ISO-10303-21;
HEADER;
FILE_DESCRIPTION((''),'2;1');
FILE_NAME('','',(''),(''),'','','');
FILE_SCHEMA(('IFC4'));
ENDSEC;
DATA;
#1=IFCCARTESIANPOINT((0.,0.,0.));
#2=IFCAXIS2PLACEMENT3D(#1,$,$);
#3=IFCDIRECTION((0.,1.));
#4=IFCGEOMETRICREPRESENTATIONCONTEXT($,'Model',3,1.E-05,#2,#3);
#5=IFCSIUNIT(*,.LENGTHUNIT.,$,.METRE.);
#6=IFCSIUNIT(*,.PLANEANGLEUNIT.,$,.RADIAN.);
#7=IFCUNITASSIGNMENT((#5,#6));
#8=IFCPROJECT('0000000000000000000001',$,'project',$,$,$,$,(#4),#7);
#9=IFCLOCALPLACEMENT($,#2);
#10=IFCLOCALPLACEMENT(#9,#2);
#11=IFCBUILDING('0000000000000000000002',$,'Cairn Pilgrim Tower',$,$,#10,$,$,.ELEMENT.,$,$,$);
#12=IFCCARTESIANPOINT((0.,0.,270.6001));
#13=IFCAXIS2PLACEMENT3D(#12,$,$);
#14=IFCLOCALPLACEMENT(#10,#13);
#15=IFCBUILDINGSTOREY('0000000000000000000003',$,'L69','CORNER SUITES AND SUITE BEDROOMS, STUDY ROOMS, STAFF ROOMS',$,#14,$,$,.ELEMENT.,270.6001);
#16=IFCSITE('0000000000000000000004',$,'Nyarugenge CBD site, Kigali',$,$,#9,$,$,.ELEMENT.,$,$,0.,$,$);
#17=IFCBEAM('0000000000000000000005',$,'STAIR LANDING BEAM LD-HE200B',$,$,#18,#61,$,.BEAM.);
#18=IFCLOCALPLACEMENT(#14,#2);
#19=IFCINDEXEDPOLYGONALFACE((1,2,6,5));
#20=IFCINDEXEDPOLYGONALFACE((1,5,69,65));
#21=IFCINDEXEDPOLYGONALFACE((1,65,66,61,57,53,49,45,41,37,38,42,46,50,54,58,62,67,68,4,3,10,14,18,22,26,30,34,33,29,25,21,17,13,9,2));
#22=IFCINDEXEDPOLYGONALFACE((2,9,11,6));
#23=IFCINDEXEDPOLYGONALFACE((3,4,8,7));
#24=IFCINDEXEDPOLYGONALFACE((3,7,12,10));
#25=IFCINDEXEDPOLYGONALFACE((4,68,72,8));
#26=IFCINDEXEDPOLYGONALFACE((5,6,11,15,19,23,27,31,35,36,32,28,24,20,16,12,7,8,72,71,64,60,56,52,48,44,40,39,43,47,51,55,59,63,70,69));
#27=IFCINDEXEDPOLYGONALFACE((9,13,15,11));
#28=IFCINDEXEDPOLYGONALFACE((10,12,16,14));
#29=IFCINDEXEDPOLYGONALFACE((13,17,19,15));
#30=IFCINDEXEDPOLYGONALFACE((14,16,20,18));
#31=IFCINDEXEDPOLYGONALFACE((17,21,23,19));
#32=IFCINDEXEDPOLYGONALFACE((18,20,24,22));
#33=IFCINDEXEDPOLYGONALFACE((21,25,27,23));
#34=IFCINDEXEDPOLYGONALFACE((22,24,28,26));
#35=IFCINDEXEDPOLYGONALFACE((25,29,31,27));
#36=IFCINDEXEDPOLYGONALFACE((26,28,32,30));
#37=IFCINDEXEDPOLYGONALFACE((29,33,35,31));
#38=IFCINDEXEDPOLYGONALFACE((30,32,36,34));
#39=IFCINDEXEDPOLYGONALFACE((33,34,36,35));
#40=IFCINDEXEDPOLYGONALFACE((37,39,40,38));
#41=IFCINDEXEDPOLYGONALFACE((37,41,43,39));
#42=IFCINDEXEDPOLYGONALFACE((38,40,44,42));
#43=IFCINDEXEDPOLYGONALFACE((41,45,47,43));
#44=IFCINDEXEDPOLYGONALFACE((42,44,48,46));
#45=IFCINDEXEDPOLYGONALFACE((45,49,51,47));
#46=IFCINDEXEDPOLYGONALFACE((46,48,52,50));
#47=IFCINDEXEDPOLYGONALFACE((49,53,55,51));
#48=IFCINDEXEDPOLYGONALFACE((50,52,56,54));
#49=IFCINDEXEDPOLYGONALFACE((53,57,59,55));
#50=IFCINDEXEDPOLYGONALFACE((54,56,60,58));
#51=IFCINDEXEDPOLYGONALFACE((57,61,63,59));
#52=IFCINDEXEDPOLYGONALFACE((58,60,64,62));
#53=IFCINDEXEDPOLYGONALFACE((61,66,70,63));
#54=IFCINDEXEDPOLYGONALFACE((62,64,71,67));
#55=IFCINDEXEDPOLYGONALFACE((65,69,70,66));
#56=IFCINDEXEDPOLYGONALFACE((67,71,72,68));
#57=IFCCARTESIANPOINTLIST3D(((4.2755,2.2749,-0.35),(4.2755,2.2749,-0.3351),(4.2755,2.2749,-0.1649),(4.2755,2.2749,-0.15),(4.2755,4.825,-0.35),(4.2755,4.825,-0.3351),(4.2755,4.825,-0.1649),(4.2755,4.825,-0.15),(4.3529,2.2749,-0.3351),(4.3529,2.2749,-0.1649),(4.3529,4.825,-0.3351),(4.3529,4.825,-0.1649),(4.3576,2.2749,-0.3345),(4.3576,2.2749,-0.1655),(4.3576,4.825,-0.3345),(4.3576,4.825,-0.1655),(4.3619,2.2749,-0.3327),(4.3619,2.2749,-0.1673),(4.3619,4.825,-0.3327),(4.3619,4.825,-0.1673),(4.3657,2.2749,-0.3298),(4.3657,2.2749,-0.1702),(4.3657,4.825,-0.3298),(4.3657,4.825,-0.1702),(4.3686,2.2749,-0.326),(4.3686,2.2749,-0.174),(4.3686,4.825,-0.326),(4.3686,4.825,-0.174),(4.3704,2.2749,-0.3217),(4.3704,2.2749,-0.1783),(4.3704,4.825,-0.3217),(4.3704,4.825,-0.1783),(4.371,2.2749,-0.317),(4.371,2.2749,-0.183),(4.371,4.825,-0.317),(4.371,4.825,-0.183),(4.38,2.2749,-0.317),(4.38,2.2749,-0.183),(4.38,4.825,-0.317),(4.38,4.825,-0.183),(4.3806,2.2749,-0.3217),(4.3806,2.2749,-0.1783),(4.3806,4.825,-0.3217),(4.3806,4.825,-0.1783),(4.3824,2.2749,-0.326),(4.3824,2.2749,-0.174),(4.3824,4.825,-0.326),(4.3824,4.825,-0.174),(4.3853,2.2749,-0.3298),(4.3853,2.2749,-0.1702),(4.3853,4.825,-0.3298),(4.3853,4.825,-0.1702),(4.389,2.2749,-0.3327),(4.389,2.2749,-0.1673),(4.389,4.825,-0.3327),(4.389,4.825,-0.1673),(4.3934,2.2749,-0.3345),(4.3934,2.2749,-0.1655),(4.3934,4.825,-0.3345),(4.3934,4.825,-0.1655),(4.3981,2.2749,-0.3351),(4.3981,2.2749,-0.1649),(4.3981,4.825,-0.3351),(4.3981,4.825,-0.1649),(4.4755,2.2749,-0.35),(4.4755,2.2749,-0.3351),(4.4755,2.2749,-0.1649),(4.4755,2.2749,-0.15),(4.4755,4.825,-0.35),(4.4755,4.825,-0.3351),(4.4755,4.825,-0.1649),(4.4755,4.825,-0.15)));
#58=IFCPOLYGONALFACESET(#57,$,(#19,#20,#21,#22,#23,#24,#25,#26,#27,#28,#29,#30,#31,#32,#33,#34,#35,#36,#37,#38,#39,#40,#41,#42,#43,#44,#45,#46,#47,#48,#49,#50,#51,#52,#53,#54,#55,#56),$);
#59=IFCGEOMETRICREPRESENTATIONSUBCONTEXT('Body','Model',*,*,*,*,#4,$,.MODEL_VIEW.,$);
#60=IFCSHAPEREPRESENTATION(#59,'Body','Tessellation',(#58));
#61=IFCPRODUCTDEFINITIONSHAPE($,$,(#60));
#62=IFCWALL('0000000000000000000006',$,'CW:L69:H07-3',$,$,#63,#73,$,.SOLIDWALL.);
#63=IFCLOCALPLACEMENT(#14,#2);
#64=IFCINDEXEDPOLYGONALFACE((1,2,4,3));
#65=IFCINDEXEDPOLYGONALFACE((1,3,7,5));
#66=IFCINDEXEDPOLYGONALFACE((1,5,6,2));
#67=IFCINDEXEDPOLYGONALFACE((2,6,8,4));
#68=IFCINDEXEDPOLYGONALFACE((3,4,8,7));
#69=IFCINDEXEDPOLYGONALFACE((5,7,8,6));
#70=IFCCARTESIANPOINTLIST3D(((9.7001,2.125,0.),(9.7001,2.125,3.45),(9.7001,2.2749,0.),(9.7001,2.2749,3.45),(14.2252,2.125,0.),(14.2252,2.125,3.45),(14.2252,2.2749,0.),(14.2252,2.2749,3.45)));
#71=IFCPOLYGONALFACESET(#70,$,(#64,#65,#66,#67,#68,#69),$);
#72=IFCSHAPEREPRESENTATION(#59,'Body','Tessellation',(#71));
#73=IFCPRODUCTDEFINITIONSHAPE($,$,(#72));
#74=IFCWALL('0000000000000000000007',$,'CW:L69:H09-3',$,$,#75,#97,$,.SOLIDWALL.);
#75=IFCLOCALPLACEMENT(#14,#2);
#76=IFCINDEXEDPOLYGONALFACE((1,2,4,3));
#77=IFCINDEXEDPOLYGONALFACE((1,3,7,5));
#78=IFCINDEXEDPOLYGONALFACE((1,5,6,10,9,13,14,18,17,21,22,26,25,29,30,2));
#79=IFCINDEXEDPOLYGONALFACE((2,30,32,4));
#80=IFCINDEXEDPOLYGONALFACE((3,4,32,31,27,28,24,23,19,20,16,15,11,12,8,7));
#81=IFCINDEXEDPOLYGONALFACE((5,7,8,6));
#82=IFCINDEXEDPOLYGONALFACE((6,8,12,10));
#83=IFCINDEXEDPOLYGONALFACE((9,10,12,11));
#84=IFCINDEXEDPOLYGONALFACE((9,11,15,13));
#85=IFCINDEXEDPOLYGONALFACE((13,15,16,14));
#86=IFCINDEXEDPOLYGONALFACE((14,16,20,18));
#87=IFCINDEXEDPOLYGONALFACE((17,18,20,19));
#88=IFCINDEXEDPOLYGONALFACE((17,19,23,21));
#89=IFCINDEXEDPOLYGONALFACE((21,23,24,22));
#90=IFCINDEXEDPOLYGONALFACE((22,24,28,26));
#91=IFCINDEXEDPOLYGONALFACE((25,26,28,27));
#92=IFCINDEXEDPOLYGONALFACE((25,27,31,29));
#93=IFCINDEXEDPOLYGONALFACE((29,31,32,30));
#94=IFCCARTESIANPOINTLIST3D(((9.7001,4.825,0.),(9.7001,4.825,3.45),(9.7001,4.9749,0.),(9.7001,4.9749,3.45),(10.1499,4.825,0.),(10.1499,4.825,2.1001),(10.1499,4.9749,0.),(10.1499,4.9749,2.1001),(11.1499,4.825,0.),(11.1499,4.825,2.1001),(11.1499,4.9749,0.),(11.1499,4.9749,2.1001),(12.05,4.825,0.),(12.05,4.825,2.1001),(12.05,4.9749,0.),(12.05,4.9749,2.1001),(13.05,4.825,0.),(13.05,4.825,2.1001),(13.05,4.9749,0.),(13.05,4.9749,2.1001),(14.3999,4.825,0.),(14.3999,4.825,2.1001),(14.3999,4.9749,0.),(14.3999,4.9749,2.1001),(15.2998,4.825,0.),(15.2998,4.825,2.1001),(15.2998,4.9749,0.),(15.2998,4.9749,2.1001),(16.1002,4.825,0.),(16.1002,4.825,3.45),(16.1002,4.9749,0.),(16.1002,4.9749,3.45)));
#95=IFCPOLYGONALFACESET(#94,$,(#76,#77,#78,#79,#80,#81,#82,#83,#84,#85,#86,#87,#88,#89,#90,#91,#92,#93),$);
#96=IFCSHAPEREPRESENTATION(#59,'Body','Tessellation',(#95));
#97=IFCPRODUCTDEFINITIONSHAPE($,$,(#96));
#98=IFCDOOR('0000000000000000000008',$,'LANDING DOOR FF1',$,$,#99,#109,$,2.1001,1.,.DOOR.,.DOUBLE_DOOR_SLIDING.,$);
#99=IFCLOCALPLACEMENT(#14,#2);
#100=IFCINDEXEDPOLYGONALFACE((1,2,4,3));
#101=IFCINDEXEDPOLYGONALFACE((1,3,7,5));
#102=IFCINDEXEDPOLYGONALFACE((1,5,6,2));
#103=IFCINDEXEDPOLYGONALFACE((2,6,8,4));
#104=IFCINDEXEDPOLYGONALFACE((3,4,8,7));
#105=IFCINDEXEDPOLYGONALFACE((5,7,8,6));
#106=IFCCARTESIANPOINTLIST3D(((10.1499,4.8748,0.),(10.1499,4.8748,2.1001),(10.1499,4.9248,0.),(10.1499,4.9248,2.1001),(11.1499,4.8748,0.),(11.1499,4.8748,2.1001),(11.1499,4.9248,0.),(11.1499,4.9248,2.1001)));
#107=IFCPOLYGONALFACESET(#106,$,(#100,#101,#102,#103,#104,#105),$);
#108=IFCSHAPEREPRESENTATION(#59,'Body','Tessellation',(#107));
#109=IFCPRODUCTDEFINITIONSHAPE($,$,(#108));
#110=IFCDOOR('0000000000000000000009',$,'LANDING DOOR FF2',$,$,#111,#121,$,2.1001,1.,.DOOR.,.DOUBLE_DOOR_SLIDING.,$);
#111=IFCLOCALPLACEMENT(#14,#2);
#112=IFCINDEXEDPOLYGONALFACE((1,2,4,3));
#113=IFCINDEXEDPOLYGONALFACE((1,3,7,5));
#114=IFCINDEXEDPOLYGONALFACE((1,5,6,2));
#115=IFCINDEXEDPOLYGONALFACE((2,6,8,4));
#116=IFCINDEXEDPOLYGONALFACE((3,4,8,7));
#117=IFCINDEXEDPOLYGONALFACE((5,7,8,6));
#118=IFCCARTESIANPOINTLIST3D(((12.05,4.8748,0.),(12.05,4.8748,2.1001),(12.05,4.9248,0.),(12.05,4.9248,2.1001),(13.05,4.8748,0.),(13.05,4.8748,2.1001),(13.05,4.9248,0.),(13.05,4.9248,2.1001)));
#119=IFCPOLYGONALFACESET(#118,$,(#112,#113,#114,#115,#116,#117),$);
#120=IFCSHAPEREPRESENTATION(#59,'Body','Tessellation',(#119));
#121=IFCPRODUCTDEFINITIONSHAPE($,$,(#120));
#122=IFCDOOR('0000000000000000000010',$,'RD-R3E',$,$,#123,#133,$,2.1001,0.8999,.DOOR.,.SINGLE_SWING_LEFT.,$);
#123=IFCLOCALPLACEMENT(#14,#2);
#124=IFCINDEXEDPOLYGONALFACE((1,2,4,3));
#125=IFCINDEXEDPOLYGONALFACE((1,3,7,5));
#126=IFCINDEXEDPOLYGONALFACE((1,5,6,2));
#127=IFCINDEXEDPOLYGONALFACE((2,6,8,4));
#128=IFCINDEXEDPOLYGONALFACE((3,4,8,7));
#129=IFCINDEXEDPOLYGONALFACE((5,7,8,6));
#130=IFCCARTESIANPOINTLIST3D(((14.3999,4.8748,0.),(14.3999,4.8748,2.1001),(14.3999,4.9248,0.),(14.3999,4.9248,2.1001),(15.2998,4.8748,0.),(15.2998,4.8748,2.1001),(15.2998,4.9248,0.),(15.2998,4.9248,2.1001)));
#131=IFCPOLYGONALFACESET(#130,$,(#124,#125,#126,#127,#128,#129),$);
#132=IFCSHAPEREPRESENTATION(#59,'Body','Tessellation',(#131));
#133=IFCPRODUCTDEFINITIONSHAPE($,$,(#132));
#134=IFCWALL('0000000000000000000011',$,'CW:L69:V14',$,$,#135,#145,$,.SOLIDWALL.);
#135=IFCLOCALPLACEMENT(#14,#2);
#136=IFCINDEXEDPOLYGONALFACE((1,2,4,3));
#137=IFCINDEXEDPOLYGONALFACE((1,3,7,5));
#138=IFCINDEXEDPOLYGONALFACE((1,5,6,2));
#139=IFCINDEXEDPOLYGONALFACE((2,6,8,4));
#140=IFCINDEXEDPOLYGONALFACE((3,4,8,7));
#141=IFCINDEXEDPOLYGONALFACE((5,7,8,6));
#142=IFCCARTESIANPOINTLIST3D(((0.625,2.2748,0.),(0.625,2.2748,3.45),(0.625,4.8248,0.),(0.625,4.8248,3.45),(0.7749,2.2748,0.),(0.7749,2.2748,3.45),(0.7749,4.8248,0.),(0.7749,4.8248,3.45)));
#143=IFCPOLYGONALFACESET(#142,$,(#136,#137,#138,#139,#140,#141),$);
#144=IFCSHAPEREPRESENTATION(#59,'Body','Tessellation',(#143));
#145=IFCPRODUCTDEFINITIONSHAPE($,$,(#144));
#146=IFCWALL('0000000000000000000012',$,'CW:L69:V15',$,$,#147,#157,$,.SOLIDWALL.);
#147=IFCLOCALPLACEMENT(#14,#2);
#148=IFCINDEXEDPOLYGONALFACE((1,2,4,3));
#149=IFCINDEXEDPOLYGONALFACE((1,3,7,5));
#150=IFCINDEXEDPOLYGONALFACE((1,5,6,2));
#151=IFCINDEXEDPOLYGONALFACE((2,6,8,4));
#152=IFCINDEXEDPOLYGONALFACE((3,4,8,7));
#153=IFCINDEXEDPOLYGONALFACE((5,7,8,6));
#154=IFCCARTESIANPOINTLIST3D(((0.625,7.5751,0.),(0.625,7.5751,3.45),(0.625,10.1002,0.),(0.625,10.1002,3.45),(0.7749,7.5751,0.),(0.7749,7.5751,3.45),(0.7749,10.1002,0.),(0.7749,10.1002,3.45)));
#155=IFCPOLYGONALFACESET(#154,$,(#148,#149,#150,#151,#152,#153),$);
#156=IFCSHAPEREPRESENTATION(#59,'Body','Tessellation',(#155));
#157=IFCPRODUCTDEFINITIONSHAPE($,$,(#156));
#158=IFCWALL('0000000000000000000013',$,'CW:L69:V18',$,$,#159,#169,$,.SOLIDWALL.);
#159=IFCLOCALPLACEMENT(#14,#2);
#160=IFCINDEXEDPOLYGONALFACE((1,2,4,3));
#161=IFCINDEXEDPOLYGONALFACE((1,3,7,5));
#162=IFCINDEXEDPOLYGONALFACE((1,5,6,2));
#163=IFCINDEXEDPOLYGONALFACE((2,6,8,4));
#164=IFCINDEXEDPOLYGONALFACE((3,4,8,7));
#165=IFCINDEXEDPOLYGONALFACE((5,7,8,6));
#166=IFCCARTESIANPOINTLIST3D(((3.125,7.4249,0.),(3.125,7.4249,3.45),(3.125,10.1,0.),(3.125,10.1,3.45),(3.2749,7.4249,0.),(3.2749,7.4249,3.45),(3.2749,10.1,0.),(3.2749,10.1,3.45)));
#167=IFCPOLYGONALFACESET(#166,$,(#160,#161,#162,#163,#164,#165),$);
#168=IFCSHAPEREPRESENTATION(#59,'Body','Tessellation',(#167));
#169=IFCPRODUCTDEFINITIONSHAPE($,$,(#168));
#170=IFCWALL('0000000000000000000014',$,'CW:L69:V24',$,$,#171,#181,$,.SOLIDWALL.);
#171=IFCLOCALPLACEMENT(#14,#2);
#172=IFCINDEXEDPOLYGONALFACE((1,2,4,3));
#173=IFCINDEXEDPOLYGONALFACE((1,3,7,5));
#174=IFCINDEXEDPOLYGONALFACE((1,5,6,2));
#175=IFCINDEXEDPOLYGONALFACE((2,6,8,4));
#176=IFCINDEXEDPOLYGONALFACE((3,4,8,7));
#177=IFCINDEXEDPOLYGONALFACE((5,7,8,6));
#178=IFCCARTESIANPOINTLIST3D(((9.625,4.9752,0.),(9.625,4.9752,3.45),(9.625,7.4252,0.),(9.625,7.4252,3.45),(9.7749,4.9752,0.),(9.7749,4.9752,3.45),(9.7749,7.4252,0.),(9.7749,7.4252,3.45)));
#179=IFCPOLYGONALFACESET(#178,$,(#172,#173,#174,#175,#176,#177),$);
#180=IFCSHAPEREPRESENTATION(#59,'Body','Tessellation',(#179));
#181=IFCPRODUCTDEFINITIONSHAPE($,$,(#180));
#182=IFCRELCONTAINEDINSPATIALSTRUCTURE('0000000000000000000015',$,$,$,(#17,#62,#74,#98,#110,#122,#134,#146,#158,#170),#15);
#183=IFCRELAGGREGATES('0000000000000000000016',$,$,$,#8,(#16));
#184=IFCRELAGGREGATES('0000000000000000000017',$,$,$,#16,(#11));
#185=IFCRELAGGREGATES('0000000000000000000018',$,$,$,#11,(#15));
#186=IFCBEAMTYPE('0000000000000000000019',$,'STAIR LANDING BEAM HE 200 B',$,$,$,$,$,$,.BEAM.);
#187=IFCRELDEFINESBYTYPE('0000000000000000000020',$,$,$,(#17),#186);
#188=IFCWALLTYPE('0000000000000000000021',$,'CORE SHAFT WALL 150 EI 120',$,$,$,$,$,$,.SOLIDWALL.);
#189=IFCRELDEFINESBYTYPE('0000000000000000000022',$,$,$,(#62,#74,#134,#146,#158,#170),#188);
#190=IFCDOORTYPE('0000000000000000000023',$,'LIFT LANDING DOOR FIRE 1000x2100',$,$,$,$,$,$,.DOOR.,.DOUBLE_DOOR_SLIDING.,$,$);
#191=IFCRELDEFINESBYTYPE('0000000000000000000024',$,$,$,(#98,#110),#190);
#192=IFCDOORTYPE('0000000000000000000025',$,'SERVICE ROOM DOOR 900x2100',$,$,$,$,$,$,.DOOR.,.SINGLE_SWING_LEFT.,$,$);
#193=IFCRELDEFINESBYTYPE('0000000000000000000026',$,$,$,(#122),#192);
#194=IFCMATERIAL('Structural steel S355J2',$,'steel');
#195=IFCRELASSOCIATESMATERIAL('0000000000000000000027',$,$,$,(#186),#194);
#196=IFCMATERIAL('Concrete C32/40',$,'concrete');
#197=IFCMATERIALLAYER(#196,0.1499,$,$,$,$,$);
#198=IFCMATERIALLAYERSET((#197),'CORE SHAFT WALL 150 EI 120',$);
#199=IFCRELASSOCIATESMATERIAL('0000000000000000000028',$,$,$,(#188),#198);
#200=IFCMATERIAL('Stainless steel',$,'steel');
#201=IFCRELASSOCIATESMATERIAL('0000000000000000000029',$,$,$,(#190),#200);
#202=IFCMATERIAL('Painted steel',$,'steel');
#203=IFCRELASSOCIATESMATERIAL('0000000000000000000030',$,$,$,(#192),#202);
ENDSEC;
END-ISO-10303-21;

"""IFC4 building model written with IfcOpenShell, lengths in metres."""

from ifc_helpers import new_model, si_unit, direction, frame, frame_2d, origin, origin_2d, place, context, subcontext, project, spatial, rectangle, i_section, extrude, material, layer, layer_set, material_profile, profile_set, type_object, element, fill, save


model = new_model("IFC4")

# Units and contexts
model_context = context("Model", 3, precision=1e-05, world=origin(), true_north=direction((0.0, 1.0)))
body_context = subcontext(model_context, "Body", "Model", "MODEL_VIEW")
ifc_project = project(units=[si_unit("LENGTHUNIT", "METRE"), si_unit("PLANEANGLEUNIT", "RADIAN")], contexts=[model_context])

# Site, building, storey
site_placement = place(None, origin())
site = spatial("IfcSite", under=ifc_project, at=site_placement, Name="Nyarugenge CBD site, Kigali", CompositionType="ELEMENT", RefElevation=0.0)
building_placement = place(site_placement, origin())
building = spatial("IfcBuilding", under=site, at=building_placement, Name="Cairn Pilgrim Tower", CompositionType="ELEMENT")
storey_placement = place(building_placement, frame((0.0, 0.0, 270.6001)))
storey = spatial("IfcBuildingStorey", under=building, at=storey_placement, Name="L69", Description="CORNER SUITES AND SUITE BEDROOMS, STUDY ROOMS, STAFF ROOMS", CompositionType="ELEMENT", Elevation=270.6001)

# Beam
ifc_material_1 = material(Name="Structural steel S355J2", Category="steel")
ifc_material_profile = material_profile(ifc_material_1, i_section(OverallWidth=0.2, OverallDepth=0.2, WebThickness=0.009, FlangeThickness=0.0149, FilletRadius=0.0181, at=origin_2d()), Name="HE 200 B")
ifc_profile_set = profile_set([ifc_material_profile], Name="Structural steel S355J2")
beam_type = type_object("IfcBeamType", Name="STAIR LANDING BEAM HE 200 B", PredefinedType="BEAM", material=ifc_profile_set)
beam_placement = place(storey_placement, frame((4.3755, 2.2749, -0.25), z_axis=(0.0, 1.0, 0.0), x_axis=(-1.0, 0.0, 0.0)))
element("IfcBeam", 1, at=beam_placement, inside=storey, type_object=beam_type, Name="STAIR LANDING BEAM LD-HE200B", PredefinedType="BEAM", context=body_context, shape_type="SweptSolid", body=[
    extrude(i_section(OverallWidth=0.2, OverallDepth=0.2, WebThickness=0.009, FlangeThickness=0.0149, FilletRadius=0.0181, at=origin_2d()), origin(), (0.0, 0.0, 1.0), 2.55),
])

# Wall
ifc_material_2 = material(Name="Concrete C32/40", Category="concrete")
ifc_layer_1 = layer(ifc_material_2, 0.1499)
ifc_layer_set_1 = layer_set([ifc_layer_1], Name="CORE SHAFT WALL 150 EI 120")
wall_type_1 = type_object("IfcWallType", Name="CORE SHAFT WALL 150 EI 120", PredefinedType="SOLIDWALL", material=ifc_layer_set_1)
wall_1_placement = place(storey_placement, frame((9.7, 2.2, 0.0), z_axis=(0.0, 0.0, 1.0), x_axis=(1.0, 0.0, 0.0)))
element("IfcWall", 2, at=wall_1_placement, inside=storey, type_object=wall_type_1, Name="CW:L69:H07-3", PredefinedType="SOLIDWALL", context=body_context, shape_type="SweptSolid", body=[
    extrude(rectangle(XDim=4.5251, YDim=0.1499, at=frame_2d((2.2627, 0.0))), origin(), (0.0, 0.0, 1.0), 3.45),
])

# Wall, openings, doors
wall_2_placement = place(storey_placement, frame((9.7, 4.8999, 0.0), z_axis=(0.0, 0.0, 1.0), x_axis=(1.0, 0.0, 0.0)))
wall_2 = element("IfcWall", 3, at=wall_2_placement, inside=storey, type_object=wall_type_1, Name="CW:L69:H09-3", PredefinedType="SOLIDWALL", context=body_context, shape_type="SweptSolid", body=[
    extrude(rectangle(XDim=6.4001, YDim=0.1499, at=frame_2d((3.2002, 0.0))), origin(), (0.0, 0.0, 1.0), 3.45),
])
opening_1_placement = place(wall_2_placement, frame((0.45, 0.0, 0.0)))
opening_1 = element("IfcOpeningElement", 4, at=opening_1_placement, cuts=wall_2, PredefinedType="OPENING", context=body_context, shape_type="SweptSolid", body=[
    extrude(rectangle(XDim=1.0, YDim=2.1001, at=frame_2d((0.5, 1.05))), frame((0.0, 0.085, 0.0), z_axis=(0.0, -1.0, 0.0), x_axis=(1.0, 0.0, 0.0)), (0.0, 0.0, 1.0), 0.1699),
])
opening_2_placement = place(wall_2_placement, frame((2.3501, 0.0, 0.0)))
opening_2 = element("IfcOpeningElement", 5, at=opening_2_placement, cuts=wall_2, PredefinedType="OPENING", context=body_context, shape_type="SweptSolid", body=[
    extrude(rectangle(XDim=1.0, YDim=2.1001, at=frame_2d((0.5, 1.05))), frame((0.0, 0.085, 0.0), z_axis=(0.0, -1.0, 0.0), x_axis=(1.0, 0.0, 0.0)), (0.0, 0.0, 1.0), 0.1699),
])
opening_3_placement = place(wall_2_placement, frame((4.7, 0.0, 0.0)))
opening_3 = element("IfcOpeningElement", 6, at=opening_3_placement, cuts=wall_2, PredefinedType="OPENING", context=body_context, shape_type="SweptSolid", body=[
    extrude(rectangle(XDim=0.8999, YDim=2.1001, at=frame_2d((0.45, 1.05))), frame((0.0, 0.085, 0.0), z_axis=(0.0, -1.0, 0.0), x_axis=(1.0, 0.0, 0.0)), (0.0, 0.0, 1.0), 0.1699),
])
ifc_material_3 = material(Name="Stainless steel", Category="steel")
door_type_1 = type_object("IfcDoorType", Name="LIFT LANDING DOOR FIRE 1000x2100", OperationType="DOUBLE_DOOR_SLIDING", PredefinedType="DOOR", material=ifc_material_3)
door_1_placement = place(opening_1_placement, origin())
door_1 = element("IfcDoor", 7, at=door_1_placement, inside=storey, type_object=door_type_1, Name="LANDING DOOR FF1", OperationType="DOUBLE_DOOR_SLIDING", OverallHeight=2.1001, OverallWidth=1.0, PredefinedType="DOOR", context=body_context, shape_type="SweptSolid", body=[
    extrude(rectangle(XDim=1.0, YDim=2.1001, at=frame_2d((0.5, 1.05))), frame((0.0, 0.0249, 0.0), z_axis=(0.0, -1.0, 0.0), x_axis=(1.0, 0.0, 0.0)), (0.0, 0.0, 1.0), 0.05),
])
fill(opening_1, door_1)
door_2_placement = place(opening_2_placement, origin())
door_2 = element("IfcDoor", 8, at=door_2_placement, inside=storey, type_object=door_type_1, Name="LANDING DOOR FF2", OperationType="DOUBLE_DOOR_SLIDING", OverallHeight=2.1001, OverallWidth=1.0, PredefinedType="DOOR", context=body_context, shape_type="SweptSolid", body=[
    extrude(rectangle(XDim=1.0, YDim=2.1001, at=frame_2d((0.5, 1.05))), frame((0.0, 0.0249, 0.0), z_axis=(0.0, -1.0, 0.0), x_axis=(1.0, 0.0, 0.0)), (0.0, 0.0, 1.0), 0.05),
])
fill(opening_2, door_2)
ifc_material_4 = material(Name="Painted steel", Category="steel")
door_type_2 = type_object("IfcDoorType", Name="SERVICE ROOM DOOR 900x2100", OperationType="SINGLE_SWING_LEFT", PredefinedType="DOOR", material=ifc_material_4)
door_3_placement = place(opening_3_placement, origin())
door_3 = element("IfcDoor", 9, at=door_3_placement, inside=storey, type_object=door_type_2, Name="RD-R3E", OperationType="SINGLE_SWING_LEFT", OverallHeight=2.1001, OverallWidth=0.8999, PredefinedType="DOOR", context=body_context, shape_type="SweptSolid", body=[
    extrude(rectangle(XDim=0.8999, YDim=2.1001, at=frame_2d((0.45, 1.05))), frame((0.0, 0.0249, 0.0), z_axis=(0.0, -1.0, 0.0), x_axis=(1.0, 0.0, 0.0)), (0.0, 0.0, 1.0), 0.05),
])
fill(opening_3, door_3)

# Walls
wall_3_placement = place(storey_placement, frame((0.7, 2.2749, 0.0), z_axis=(0.0, 0.0, 1.0), x_axis=(0.0, 1.0, 0.0)))
element("IfcWall", 10, at=wall_3_placement, inside=storey, type_object=wall_type_1, Name="CW:L69:V14", PredefinedType="SOLIDWALL", context=body_context, shape_type="SweptSolid", body=[
    extrude(rectangle(XDim=2.55, YDim=0.1499, at=frame_2d((1.2749, 0.0))), origin(), (0.0, 0.0, 1.0), 3.45),
])
wall_4_placement = place(storey_placement, frame((0.7, 7.575, 0.0), z_axis=(0.0, 0.0, 1.0), x_axis=(0.0, 1.0, 0.0)))
element("IfcWall", 11, at=wall_4_placement, inside=storey, type_object=wall_type_1, Name="CW:L69:V15", PredefinedType="SOLIDWALL", context=body_context, shape_type="SweptSolid", body=[
    extrude(rectangle(XDim=2.5251, YDim=0.1499, at=frame_2d((1.2627, 0.0))), origin(), (0.0, 0.0, 1.0), 3.45),
])
wall_5_placement = place(storey_placement, frame((3.2, 7.425, 0.0), z_axis=(0.0, 0.0, 1.0), x_axis=(0.0, 1.0, 0.0)))
element("IfcWall", 12, at=wall_5_placement, inside=storey, type_object=wall_type_1, Name="CW:L69:V18", PredefinedType="SOLIDWALL", context=body_context, shape_type="SweptSolid", body=[
    extrude(rectangle(XDim=2.675, YDim=0.1499, at=frame_2d((1.3374, 0.0))), origin(), (0.0, 0.0, 1.0), 3.45),
])
wall_6_placement = place(storey_placement, frame((9.7, 4.9751, 0.0), z_axis=(0.0, 0.0, 1.0), x_axis=(0.0, 1.0, 0.0)))
element("IfcWall", 13, at=wall_6_placement, inside=storey, type_object=wall_type_1, Name="CW:L69:V24", PredefinedType="SOLIDWALL", context=body_context, shape_type="SweptSolid", body=[
    extrude(rectangle(XDim=2.45, YDim=0.1499, at=frame_2d((1.2251, 0.0))), origin(), (0.0, 0.0, 1.0), 3.45),
])

save(model, "model.ifc")
